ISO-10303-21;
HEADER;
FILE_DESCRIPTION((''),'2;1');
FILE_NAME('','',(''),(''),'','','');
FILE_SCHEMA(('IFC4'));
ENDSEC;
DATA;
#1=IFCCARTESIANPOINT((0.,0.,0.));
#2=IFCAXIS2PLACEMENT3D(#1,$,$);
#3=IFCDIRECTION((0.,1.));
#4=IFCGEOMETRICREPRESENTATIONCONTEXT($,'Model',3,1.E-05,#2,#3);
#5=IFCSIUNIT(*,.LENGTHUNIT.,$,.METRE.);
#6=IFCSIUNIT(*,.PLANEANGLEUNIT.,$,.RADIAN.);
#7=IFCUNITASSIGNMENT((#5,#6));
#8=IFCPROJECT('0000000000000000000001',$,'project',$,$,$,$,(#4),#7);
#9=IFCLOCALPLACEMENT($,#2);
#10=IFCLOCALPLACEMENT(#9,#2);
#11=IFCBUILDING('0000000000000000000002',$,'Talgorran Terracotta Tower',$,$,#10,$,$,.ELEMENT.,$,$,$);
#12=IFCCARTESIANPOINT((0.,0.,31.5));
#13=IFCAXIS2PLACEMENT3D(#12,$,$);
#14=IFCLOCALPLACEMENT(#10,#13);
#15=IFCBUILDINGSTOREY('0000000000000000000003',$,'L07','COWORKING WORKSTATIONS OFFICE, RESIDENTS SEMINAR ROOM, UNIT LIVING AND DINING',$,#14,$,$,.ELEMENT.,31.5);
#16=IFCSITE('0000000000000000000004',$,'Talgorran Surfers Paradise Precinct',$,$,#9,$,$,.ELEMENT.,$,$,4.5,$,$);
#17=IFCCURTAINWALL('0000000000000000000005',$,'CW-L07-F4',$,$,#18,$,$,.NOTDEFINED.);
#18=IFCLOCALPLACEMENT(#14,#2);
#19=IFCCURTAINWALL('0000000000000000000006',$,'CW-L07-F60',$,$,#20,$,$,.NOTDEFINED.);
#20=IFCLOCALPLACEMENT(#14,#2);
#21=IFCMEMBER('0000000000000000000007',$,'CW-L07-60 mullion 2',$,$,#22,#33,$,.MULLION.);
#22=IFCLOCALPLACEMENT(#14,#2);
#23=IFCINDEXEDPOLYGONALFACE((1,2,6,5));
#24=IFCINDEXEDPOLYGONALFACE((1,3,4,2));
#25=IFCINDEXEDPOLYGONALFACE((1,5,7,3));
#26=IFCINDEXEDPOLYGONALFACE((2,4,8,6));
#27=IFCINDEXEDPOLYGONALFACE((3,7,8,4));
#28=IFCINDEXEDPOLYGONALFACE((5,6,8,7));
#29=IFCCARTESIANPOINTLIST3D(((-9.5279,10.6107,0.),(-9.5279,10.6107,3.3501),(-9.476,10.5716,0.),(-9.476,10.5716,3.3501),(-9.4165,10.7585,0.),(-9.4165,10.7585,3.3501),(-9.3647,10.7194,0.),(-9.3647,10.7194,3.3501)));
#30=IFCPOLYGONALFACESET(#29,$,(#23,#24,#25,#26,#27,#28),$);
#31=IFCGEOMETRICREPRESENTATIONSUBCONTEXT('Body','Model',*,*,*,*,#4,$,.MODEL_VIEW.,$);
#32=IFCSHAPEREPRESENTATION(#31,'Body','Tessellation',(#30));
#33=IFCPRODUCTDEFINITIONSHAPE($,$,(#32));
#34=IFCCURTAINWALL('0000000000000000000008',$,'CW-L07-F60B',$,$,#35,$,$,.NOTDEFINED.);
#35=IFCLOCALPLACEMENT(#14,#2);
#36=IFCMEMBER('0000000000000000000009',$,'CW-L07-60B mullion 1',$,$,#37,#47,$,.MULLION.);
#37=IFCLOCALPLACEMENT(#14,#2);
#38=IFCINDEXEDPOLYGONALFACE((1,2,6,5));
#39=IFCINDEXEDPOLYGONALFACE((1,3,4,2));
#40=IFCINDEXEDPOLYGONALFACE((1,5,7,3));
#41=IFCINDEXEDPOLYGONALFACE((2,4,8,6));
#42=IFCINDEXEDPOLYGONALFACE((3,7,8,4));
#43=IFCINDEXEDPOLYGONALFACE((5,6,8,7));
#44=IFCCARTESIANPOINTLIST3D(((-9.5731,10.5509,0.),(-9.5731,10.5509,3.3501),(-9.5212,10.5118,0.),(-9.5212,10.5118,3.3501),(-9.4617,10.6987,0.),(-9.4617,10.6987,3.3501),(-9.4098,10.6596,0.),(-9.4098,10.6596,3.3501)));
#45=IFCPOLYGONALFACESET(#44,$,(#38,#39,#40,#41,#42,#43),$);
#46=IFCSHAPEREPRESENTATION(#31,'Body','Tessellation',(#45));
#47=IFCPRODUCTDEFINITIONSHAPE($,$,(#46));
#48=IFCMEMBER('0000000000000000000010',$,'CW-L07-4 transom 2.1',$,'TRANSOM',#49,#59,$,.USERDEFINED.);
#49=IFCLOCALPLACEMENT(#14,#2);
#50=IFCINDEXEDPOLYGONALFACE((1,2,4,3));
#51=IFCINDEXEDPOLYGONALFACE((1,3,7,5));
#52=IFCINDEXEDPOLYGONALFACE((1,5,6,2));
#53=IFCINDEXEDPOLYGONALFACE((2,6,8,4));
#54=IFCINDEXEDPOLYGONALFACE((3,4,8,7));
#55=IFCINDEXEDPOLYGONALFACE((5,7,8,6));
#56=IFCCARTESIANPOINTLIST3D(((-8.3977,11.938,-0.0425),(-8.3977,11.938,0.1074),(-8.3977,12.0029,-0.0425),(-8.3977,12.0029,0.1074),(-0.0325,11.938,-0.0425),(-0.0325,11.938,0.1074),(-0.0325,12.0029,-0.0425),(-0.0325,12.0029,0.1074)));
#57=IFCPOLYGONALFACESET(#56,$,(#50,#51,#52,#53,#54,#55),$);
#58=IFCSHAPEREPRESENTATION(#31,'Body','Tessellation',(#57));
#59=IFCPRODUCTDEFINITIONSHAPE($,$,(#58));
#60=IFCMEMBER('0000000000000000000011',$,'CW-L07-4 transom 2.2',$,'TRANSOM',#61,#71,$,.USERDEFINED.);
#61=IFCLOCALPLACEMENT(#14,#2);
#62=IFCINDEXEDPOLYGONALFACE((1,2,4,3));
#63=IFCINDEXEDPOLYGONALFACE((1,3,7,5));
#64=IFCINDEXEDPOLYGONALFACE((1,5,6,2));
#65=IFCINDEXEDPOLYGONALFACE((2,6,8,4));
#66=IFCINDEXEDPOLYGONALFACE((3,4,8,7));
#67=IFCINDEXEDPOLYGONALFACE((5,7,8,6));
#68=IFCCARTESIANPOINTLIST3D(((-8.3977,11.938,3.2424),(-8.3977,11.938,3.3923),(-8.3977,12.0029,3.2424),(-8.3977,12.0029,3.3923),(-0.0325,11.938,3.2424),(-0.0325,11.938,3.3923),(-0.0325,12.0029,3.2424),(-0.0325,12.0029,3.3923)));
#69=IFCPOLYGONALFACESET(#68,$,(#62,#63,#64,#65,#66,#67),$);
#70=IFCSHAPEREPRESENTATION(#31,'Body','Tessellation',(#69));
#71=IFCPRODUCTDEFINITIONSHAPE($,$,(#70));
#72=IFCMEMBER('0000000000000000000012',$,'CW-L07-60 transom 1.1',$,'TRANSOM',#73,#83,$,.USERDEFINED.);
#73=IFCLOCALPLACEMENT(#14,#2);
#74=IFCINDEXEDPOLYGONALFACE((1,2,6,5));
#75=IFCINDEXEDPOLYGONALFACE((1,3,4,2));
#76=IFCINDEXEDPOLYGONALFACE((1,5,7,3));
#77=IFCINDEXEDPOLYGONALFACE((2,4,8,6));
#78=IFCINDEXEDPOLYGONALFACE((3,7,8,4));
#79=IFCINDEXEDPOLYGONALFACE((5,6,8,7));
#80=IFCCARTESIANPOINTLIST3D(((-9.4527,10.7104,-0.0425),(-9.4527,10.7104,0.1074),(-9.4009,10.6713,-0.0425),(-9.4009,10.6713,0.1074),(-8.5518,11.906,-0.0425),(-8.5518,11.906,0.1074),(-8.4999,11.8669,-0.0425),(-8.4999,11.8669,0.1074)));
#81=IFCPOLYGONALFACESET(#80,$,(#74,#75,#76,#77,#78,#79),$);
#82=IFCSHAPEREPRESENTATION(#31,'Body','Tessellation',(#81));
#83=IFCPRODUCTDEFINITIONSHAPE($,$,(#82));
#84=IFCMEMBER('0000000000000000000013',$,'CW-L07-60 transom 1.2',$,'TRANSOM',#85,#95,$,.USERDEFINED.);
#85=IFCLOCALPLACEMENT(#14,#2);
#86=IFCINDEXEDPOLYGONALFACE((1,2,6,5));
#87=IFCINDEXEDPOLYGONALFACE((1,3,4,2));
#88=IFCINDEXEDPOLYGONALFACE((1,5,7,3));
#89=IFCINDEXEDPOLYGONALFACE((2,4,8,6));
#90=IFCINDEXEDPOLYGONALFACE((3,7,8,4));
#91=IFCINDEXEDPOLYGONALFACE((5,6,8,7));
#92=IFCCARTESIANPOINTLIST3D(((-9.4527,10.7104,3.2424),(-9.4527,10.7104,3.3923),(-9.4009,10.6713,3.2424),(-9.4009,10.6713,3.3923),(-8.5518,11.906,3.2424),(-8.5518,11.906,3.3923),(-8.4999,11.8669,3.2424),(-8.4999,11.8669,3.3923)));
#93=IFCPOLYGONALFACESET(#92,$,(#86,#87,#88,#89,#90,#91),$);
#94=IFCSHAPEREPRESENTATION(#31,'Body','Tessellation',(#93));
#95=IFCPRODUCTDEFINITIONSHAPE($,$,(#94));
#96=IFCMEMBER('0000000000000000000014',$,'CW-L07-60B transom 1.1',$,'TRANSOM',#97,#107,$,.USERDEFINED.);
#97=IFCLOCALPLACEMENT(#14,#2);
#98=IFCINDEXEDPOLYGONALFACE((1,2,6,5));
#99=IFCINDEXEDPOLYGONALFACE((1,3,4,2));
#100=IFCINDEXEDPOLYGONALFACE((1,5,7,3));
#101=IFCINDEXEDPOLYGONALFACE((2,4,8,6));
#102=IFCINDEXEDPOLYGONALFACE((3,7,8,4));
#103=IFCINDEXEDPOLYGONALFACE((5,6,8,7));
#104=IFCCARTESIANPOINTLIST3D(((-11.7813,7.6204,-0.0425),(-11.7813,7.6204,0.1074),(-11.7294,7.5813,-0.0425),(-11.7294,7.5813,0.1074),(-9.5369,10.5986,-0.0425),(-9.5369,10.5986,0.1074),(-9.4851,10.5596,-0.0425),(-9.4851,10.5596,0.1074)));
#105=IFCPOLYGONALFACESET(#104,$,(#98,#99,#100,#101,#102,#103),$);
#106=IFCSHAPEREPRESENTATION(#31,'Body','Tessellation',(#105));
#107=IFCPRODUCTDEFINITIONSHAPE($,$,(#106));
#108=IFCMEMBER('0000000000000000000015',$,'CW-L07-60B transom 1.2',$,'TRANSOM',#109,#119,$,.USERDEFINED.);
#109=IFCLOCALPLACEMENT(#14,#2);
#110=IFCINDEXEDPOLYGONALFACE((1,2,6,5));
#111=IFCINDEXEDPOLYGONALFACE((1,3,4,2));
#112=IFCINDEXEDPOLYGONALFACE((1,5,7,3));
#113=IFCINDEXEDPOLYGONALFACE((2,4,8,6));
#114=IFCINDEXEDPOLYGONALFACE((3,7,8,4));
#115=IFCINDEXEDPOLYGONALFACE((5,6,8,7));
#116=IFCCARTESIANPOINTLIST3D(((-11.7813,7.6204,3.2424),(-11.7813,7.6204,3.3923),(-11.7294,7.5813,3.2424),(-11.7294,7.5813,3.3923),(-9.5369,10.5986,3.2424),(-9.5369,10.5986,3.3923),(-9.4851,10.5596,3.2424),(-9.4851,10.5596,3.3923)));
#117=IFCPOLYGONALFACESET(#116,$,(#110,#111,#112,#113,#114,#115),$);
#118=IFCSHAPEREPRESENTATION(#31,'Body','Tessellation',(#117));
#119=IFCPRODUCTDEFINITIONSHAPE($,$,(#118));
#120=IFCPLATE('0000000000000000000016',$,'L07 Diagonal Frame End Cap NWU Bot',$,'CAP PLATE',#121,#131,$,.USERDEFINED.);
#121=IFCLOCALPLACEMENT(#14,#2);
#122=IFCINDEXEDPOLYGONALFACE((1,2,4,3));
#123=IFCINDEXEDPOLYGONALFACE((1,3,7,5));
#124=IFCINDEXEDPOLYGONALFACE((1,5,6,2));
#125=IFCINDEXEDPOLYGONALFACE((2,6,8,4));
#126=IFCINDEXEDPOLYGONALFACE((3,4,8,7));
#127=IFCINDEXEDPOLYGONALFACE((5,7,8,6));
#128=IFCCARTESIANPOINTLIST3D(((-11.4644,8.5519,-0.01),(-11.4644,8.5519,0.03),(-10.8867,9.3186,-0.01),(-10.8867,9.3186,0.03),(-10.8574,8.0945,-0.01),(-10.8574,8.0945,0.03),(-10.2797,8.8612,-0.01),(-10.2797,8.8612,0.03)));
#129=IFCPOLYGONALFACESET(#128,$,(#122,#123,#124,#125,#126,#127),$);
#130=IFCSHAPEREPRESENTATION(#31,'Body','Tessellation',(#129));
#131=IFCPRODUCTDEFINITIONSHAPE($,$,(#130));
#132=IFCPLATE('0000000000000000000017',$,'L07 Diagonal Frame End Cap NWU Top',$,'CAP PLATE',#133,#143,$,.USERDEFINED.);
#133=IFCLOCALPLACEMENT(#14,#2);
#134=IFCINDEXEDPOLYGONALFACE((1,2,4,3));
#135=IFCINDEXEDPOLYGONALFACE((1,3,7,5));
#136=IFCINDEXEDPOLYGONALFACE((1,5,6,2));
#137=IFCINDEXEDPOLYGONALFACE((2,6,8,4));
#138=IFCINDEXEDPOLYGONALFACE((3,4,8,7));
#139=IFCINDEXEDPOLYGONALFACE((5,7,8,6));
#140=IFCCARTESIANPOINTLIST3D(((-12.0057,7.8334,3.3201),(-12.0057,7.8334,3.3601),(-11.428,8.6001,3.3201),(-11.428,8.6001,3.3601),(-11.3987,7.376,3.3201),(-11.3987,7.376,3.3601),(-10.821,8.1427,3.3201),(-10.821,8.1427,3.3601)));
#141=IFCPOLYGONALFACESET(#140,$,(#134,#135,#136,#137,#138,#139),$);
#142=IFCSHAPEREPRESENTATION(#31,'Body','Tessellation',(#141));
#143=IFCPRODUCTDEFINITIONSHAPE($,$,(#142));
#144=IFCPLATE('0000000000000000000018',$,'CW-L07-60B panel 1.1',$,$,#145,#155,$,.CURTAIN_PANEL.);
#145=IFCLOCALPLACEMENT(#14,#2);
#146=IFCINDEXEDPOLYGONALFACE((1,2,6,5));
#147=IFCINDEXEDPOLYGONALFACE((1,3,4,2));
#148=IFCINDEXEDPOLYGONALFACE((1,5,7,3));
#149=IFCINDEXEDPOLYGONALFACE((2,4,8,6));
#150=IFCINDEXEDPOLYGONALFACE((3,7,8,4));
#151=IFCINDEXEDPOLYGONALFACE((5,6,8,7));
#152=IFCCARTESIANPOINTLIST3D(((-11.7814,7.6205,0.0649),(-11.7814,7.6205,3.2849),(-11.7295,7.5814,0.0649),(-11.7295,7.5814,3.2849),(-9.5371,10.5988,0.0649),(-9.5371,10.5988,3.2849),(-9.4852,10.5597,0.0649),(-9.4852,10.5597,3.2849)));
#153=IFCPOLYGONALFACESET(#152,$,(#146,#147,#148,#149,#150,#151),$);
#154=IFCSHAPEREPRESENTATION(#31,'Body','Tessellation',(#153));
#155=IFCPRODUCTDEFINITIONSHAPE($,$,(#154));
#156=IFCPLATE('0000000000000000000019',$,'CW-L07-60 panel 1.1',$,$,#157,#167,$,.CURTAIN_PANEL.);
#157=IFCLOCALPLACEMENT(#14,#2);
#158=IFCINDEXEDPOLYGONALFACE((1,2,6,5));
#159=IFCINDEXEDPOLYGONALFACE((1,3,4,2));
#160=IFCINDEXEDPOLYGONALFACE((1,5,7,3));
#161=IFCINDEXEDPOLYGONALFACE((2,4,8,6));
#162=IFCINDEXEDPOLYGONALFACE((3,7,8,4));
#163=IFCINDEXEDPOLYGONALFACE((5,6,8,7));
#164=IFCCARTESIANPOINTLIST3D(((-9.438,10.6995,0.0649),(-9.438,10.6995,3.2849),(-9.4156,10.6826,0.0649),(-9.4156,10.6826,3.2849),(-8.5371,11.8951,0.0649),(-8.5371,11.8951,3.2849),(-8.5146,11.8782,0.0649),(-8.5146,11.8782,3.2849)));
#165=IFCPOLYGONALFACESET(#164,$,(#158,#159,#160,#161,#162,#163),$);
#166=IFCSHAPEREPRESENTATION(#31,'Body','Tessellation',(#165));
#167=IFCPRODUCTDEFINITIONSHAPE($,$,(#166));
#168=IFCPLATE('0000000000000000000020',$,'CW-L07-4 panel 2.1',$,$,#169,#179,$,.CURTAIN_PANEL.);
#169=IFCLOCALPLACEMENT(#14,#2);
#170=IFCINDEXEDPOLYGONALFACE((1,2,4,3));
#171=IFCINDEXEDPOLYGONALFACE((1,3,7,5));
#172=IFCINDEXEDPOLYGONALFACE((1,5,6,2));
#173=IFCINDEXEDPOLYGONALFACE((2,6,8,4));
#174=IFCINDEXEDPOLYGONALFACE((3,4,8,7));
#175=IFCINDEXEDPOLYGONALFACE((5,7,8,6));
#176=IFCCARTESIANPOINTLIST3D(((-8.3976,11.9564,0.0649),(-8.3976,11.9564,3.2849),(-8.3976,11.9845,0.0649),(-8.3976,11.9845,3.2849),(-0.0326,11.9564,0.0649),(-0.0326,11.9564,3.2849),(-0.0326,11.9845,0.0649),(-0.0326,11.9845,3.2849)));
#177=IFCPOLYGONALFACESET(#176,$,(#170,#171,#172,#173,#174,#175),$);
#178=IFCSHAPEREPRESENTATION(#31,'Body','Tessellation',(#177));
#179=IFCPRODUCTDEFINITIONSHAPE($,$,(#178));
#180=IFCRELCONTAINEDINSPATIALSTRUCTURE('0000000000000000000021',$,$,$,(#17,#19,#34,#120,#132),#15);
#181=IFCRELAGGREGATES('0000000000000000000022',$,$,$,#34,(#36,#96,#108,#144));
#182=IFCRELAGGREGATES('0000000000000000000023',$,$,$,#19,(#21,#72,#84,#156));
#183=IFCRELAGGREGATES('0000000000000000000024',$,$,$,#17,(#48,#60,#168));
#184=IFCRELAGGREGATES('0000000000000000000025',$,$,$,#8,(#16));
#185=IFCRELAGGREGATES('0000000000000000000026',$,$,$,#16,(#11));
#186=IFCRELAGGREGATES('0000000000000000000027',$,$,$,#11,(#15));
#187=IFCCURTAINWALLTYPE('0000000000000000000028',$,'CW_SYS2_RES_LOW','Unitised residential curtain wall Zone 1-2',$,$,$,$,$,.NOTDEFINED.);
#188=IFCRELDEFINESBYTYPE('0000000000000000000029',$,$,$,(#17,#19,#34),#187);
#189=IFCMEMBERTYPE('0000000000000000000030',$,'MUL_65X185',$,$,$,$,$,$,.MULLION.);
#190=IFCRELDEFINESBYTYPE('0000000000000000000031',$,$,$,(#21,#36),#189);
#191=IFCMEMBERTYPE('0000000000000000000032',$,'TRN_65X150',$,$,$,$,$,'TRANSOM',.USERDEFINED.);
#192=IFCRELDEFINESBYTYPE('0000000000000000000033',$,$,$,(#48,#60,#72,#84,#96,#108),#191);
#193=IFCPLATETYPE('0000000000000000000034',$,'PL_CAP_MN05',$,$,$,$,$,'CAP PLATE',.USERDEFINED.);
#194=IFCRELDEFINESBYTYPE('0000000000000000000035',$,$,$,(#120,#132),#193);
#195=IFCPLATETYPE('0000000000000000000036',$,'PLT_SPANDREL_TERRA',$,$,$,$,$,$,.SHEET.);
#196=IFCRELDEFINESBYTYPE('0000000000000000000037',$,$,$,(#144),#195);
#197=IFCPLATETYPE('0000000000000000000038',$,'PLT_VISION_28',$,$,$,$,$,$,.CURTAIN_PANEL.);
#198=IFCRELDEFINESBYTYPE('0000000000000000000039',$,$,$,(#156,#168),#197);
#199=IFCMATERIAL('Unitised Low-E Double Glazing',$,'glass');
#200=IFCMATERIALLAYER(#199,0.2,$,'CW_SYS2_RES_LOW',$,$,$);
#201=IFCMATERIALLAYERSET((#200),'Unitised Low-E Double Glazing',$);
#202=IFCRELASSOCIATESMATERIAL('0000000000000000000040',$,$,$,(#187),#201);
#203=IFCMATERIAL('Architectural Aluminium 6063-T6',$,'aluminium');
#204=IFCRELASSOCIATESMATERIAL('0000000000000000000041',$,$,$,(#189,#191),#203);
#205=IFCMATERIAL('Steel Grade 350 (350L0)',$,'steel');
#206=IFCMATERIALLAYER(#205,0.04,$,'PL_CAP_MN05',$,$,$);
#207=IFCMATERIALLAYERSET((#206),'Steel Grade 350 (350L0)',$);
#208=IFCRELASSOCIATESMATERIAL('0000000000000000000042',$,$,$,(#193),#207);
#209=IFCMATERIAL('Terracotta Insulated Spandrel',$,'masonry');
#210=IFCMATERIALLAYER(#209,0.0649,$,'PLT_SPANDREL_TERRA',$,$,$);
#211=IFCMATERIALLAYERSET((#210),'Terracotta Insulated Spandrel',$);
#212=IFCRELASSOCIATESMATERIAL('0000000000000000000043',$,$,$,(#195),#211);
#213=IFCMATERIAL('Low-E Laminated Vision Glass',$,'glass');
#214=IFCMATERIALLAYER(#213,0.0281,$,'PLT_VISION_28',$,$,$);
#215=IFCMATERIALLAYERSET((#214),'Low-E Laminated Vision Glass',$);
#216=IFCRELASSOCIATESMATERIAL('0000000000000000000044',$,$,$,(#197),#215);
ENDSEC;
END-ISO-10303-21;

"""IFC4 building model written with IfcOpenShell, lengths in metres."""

from ifc_helpers import new_model, si_unit, direction, frame, origin, origin_2d, place, context, subcontext, project, spatial, rectangle, extrude, source, transform, mapped, material, layer, layer_set, material_profile, profile_set, type_object, type_shapes, element, aggregate, save


model = new_model("IFC4")

# Units and contexts
model_context = context("Model", 3, precision=1e-05, world=origin(), true_north=direction((0.0, 1.0)))
body_context = subcontext(model_context, "Body", "Model", "MODEL_VIEW")
ifc_project = project(units=[si_unit("LENGTHUNIT", "METRE"), si_unit("PLANEANGLEUNIT", "RADIAN")], contexts=[model_context])

# Site, building, storey
site_placement = place(None, origin())
site = spatial("IfcSite", under=ifc_project, at=site_placement, Name="Talgorran Surfers Paradise Precinct", CompositionType="ELEMENT", RefElevation=4.5)
building_placement = place(site_placement, origin())
building = spatial("IfcBuilding", under=site, at=building_placement, Name="Talgorran Terracotta Tower", CompositionType="ELEMENT")
storey_placement = place(building_placement, frame((0.0, 0.0, 31.5)))
storey = spatial("IfcBuildingStorey", under=building, at=storey_placement, Name="L07", Description="COWORKING WORKSTATIONS OFFICE, RESIDENTS SEMINAR ROOM, UNIT LIVING AND DINING", CompositionType="ELEMENT", Elevation=31.5)

# Shared definitions
ifc_material_1 = material(Name="Steel Grade 350 (350L0)", Category="steel")

# Curtain wall
ifc_material_2 = material(Name="Unitised Low-E Double Glazing", Category="glass")
ifc_layer_1 = layer(ifc_material_2, 0.2, Name="CW_SYS2_RES_LOW")
ifc_layer_set_1 = layer_set([ifc_layer_1], Name="Unitised Low-E Double Glazing")
curtain_wall_type = type_object("IfcCurtainWallType", Name="CW_SYS2_RES_LOW", Description="Unitised residential curtain wall Zone 1-2", PredefinedType="NOTDEFINED", material=ifc_layer_set_1)
curtain_wall_1_placement = place(storey_placement, origin())
curtain_wall_1 = element("IfcCurtainWall", 1, at=curtain_wall_1_placement, inside=storey, type_object=curtain_wall_type, Name="CW-L07-F4", PredefinedType="NOTDEFINED")
ifc_material_3 = material(Name="Architectural Aluminium 6063-T6", Category="aluminium")
ifc_material_profile_1 = material_profile(ifc_material_3, rectangle(XDim=0.0649, YDim=0.1851, at=origin_2d()), Name="CWM65X185")
ifc_profile_set_1 = profile_set([ifc_material_profile_1], Name="Architectural Aluminium 6063-T6")
member_type_1 = type_object("IfcMemberType", Name="MUL_65X185", PredefinedType="MULLION", material=ifc_profile_set_1)

# Curtain wall, member
curtain_wall_2_placement = place(storey_placement, origin())
curtain_wall_2 = element("IfcCurtainWall", 2, at=curtain_wall_2_placement, inside=storey, type_object=curtain_wall_type, Name="CW-L07-F60", PredefinedType="NOTDEFINED")
member_1_placement = place(storey_placement, frame((-9.4463, 10.665, 0.0), z_axis=(0.0, 0.0, 1.0), x_axis=(0.798648, -0.601798, 0.0)))
member_1 = element("IfcMember", 3, at=member_1_placement, type_object=member_type_1, Name="CW-L07-60 mullion 2", PredefinedType="MULLION", context=body_context, shape_type="SweptSolid", body=[
    extrude(rectangle(XDim=0.0649, YDim=0.1851, at=origin_2d()), origin(), (0.0, 0.0, 1.0), 3.3501),
])

# Curtain wall, member
curtain_wall_3_placement = place(storey_placement, origin())
curtain_wall_3 = element("IfcCurtainWall", 4, at=curtain_wall_3_placement, inside=storey, type_object=curtain_wall_type, Name="CW-L07-F60B", PredefinedType="NOTDEFINED")
member_2_placement = place(storey_placement, frame((-9.4915, 10.6052, 0.0), z_axis=(0.0, 0.0, 1.0), x_axis=(0.798636, -0.601814, 0.0)))
member_2 = element("IfcMember", 5, at=member_2_placement, type_object=member_type_1, Name="CW-L07-60B mullion 1", PredefinedType="MULLION", context=body_context, shape_type="SweptSolid", body=[
    extrude(rectangle(XDim=0.0649, YDim=0.1851, at=origin_2d()), origin(), (0.0, 0.0, 1.0), 3.3501),
])

# Members
ifc_material_profile_2 = material_profile(ifc_material_3, rectangle(XDim=0.0649, YDim=0.1499, at=origin_2d()), Name="CWT65X150")
ifc_profile_set_2 = profile_set([ifc_material_profile_2], Name="Architectural Aluminium 6063-T6")
member_type_2 = type_object("IfcMemberType", Name="TRN_65X150", ElementType="TRANSOM", PredefinedType="USERDEFINED", material=ifc_profile_set_2)
member_3_placement = place(storey_placement, frame((-0.0325, 11.9705, 0.0325), z_axis=(-1.0, 0.0, 0.0), x_axis=(0.0, -1.0, 0.0)))
member_3 = element("IfcMember", 6, at=member_3_placement, type_object=member_type_2, Name="CW-L07-4 transom 2.1", ObjectType="TRANSOM", PredefinedType="USERDEFINED", context=body_context, shape_type="SweptSolid", body=[
    extrude(rectangle(XDim=0.0649, YDim=0.1499, at=origin_2d()), origin(), (0.0, 0.0, 1.0), 8.3652),
])
member_4_placement = place(storey_placement, frame((-0.0325, 11.9705, 3.3174), z_axis=(-1.0, 0.0, 0.0), x_axis=(0.0, -1.0, 0.0)))
member_4 = element("IfcMember", 7, at=member_4_placement, type_object=member_type_2, Name="CW-L07-4 transom 2.2", ObjectType="TRANSOM", PredefinedType="USERDEFINED", context=body_context, shape_type="SweptSolid", body=[
    extrude(rectangle(XDim=0.0649, YDim=0.1499, at=origin_2d()), origin(), (0.0, 0.0, 1.0), 8.3652),
])
member_5_placement = place(storey_placement, frame((-8.5259, 11.8865, 0.0325), z_axis=(-0.601799, -0.798648, 0.0), x_axis=(0.798648, -0.601799, 0.0)))
member_5 = element("IfcMember", 8, at=member_5_placement, type_object=member_type_2, Name="CW-L07-60 transom 1.1", ObjectType="TRANSOM", PredefinedType="USERDEFINED", context=body_context, shape_type="SweptSolid", body=[
    extrude(rectangle(XDim=0.0649, YDim=0.1499, at=origin_2d()), origin(), (0.0, 0.0, 1.0), 1.4971),
])
member_6_placement = place(storey_placement, frame((-8.5259, 11.8865, 3.3174), z_axis=(-0.601799, -0.798648, 0.0), x_axis=(0.798648, -0.601799, 0.0)))
member_6 = element("IfcMember", 9, at=member_6_placement, type_object=member_type_2, Name="CW-L07-60 transom 1.2", ObjectType="TRANSOM", PredefinedType="USERDEFINED", context=body_context, shape_type="SweptSolid", body=[
    extrude(rectangle(XDim=0.0649, YDim=0.1499, at=origin_2d()), origin(), (0.0, 0.0, 1.0), 1.4971),
])
member_7_placement = place(storey_placement, frame((-9.511, 10.5791, 0.0325), z_axis=(-0.601831, -0.798623, 0.0), x_axis=(0.798623, -0.601831, 0.0)))
member_7 = element("IfcMember", 10, at=member_7_placement, type_object=member_type_2, Name="CW-L07-60B transom 1.1", ObjectType="TRANSOM", PredefinedType="USERDEFINED", context=body_context, shape_type="SweptSolid", body=[
    extrude(rectangle(XDim=0.0649, YDim=0.1499, at=origin_2d()), origin(), (0.0, 0.0, 1.0), 3.7292),
])
member_8_placement = place(storey_placement, frame((-9.511, 10.5791, 3.3174), z_axis=(-0.601831, -0.798623, 0.0), x_axis=(0.798623, -0.601831, 0.0)))
member_8 = element("IfcMember", 11, at=member_8_placement, type_object=member_type_2, Name="CW-L07-60B transom 1.2", ObjectType="TRANSOM", PredefinedType="USERDEFINED", context=body_context, shape_type="SweptSolid", body=[
    extrude(rectangle(XDim=0.0649, YDim=0.1499, at=origin_2d()), origin(), (0.0, 0.0, 1.0), 3.7292),
])

# Plates
ifc_layer_2 = layer(ifc_material_1, 0.04, Name="PL_CAP_MN05")
ifc_layer_set_2 = layer_set([ifc_layer_2], Name="Steel Grade 350 (350L0)")
plate_type_1 = type_object("IfcPlateType", Name="PL_CAP_MN05", ElementType="CAP PLATE", PredefinedType="USERDEFINED", material=ifc_layer_set_2)
for number, where, z_axis, x_axis, name in (
    (12, (-10.8721, 8.7065, -0.01), (0.0, 0.0, 1.0), (-0.601815, -0.798636, 0.0), "L07 Diagonal Frame End Cap NWU Bot"),
    (13, (-11.4133, 7.988, 3.3201), (0.0, 0.0, 1.0), (-0.601815, -0.798636, 0.0), "L07 Diagonal Frame End Cap NWU Top"),
):
    element("IfcPlate", number, at=place(storey_placement, frame(where, z_axis=z_axis, x_axis=x_axis)), inside=storey, type_object=plate_type_1, Name=name, ObjectType="CAP PLATE", PredefinedType="USERDEFINED", context=body_context, shape_type="SweptSolid", body=[
        extrude(rectangle(XDim=0.96, YDim=0.76, at=origin_2d()), origin(), (0.0, 0.0, 1.0), 0.04),
    ])

# Plates
ifc_material_4 = material(Name="Terracotta Insulated Spandrel", Category="masonry")
ifc_layer_3 = layer(ifc_material_4, 0.0649, Name="PLT_SPANDREL_TERRA")
ifc_layer_set_3 = layer_set([ifc_layer_3], Name="Terracotta Insulated Spandrel")
plate_type_2 = type_object("IfcPlateType", Name="PLT_SPANDREL_TERRA", PredefinedType="SHEET", material=ifc_layer_set_3)
shared_shape_1 = source(origin(), body_context, "Body", "SweptSolid", [
    extrude(rectangle(XDim=3.7292, YDim=0.0649, at=origin_2d()), origin(), (0.0, 0.0, 1.0), 3.22),
])
type_shapes(plate_type_2, [shared_shape_1])
plate_1_placement = place(storey_placement, frame((-10.6333, 9.0901, 0.0649), z_axis=(0.0, 0.0, 1.0), x_axis=(-0.601814, -0.798636, 0.0)))
plate_1 = element("IfcPlate", 14, at=plate_1_placement, type_object=plate_type_2, Name="CW-L07-60B panel 1.1", PredefinedType="CURTAIN_PANEL", context=body_context, shape_type="MappedRepresentation", body=[
    mapped(shared_shape_1, transform((0.0, 0.0, 0.0), scale=1.0)),
])
aggregate(curtain_wall_3, [member_2, member_7, member_8, plate_1])
ifc_material_5 = material(Name="Low-E Laminated Vision Glass", Category="glass")
ifc_layer_4 = layer(ifc_material_5, 0.0281, Name="PLT_VISION_28")
ifc_layer_set_4 = layer_set([ifc_layer_4], Name="Low-E Laminated Vision Glass")
plate_type_3 = type_object("IfcPlateType", Name="PLT_VISION_28", PredefinedType="CURTAIN_PANEL", material=ifc_layer_set_4)
shared_shape_2 = source(origin(), body_context, "Body", "SweptSolid", [
    extrude(rectangle(XDim=1.4971, YDim=0.0281, at=origin_2d()), origin(), (0.0, 0.0, 1.0), 3.22),
])
plate_2_placement = place(storey_placement, frame((-8.9763, 11.2888, 0.0649), z_axis=(0.0, 0.0, 1.0), x_axis=(-0.601798, -0.798648, 0.0)))
plate_2 = element("IfcPlate", 15, at=plate_2_placement, type_object=plate_type_3, Name="CW-L07-60 panel 1.1", PredefinedType="CURTAIN_PANEL", context=body_context, shape_type="MappedRepresentation", body=[
    mapped(shared_shape_2, transform((0.0, 0.0, 0.0), scale=1.0)),
])
aggregate(curtain_wall_2, [member_1, member_5, member_6, plate_2])
shared_shape_3 = source(origin(), body_context, "Body", "SweptSolid", [
    extrude(rectangle(XDim=8.365, YDim=0.0281, at=origin_2d()), origin(), (0.0, 0.0, 1.0), 3.22),
])
type_shapes(plate_type_3, [shared_shape_2, shared_shape_3])
plate_3_placement = place(storey_placement, frame((-4.2151, 11.9705, 0.0649), z_axis=(0.0, 0.0, 1.0), x_axis=(-1.0, 0.0, 0.0)))
plate_3 = element("IfcPlate", 16, at=plate_3_placement, type_object=plate_type_3, Name="CW-L07-4 panel 2.1", PredefinedType="CURTAIN_PANEL", context=body_context, shape_type="MappedRepresentation", body=[
    mapped(shared_shape_3, transform((0.0, 0.0, 0.0), scale=1.0)),
])
aggregate(curtain_wall_1, [member_3, member_4, plate_3])

save(model, "model.ifc")
